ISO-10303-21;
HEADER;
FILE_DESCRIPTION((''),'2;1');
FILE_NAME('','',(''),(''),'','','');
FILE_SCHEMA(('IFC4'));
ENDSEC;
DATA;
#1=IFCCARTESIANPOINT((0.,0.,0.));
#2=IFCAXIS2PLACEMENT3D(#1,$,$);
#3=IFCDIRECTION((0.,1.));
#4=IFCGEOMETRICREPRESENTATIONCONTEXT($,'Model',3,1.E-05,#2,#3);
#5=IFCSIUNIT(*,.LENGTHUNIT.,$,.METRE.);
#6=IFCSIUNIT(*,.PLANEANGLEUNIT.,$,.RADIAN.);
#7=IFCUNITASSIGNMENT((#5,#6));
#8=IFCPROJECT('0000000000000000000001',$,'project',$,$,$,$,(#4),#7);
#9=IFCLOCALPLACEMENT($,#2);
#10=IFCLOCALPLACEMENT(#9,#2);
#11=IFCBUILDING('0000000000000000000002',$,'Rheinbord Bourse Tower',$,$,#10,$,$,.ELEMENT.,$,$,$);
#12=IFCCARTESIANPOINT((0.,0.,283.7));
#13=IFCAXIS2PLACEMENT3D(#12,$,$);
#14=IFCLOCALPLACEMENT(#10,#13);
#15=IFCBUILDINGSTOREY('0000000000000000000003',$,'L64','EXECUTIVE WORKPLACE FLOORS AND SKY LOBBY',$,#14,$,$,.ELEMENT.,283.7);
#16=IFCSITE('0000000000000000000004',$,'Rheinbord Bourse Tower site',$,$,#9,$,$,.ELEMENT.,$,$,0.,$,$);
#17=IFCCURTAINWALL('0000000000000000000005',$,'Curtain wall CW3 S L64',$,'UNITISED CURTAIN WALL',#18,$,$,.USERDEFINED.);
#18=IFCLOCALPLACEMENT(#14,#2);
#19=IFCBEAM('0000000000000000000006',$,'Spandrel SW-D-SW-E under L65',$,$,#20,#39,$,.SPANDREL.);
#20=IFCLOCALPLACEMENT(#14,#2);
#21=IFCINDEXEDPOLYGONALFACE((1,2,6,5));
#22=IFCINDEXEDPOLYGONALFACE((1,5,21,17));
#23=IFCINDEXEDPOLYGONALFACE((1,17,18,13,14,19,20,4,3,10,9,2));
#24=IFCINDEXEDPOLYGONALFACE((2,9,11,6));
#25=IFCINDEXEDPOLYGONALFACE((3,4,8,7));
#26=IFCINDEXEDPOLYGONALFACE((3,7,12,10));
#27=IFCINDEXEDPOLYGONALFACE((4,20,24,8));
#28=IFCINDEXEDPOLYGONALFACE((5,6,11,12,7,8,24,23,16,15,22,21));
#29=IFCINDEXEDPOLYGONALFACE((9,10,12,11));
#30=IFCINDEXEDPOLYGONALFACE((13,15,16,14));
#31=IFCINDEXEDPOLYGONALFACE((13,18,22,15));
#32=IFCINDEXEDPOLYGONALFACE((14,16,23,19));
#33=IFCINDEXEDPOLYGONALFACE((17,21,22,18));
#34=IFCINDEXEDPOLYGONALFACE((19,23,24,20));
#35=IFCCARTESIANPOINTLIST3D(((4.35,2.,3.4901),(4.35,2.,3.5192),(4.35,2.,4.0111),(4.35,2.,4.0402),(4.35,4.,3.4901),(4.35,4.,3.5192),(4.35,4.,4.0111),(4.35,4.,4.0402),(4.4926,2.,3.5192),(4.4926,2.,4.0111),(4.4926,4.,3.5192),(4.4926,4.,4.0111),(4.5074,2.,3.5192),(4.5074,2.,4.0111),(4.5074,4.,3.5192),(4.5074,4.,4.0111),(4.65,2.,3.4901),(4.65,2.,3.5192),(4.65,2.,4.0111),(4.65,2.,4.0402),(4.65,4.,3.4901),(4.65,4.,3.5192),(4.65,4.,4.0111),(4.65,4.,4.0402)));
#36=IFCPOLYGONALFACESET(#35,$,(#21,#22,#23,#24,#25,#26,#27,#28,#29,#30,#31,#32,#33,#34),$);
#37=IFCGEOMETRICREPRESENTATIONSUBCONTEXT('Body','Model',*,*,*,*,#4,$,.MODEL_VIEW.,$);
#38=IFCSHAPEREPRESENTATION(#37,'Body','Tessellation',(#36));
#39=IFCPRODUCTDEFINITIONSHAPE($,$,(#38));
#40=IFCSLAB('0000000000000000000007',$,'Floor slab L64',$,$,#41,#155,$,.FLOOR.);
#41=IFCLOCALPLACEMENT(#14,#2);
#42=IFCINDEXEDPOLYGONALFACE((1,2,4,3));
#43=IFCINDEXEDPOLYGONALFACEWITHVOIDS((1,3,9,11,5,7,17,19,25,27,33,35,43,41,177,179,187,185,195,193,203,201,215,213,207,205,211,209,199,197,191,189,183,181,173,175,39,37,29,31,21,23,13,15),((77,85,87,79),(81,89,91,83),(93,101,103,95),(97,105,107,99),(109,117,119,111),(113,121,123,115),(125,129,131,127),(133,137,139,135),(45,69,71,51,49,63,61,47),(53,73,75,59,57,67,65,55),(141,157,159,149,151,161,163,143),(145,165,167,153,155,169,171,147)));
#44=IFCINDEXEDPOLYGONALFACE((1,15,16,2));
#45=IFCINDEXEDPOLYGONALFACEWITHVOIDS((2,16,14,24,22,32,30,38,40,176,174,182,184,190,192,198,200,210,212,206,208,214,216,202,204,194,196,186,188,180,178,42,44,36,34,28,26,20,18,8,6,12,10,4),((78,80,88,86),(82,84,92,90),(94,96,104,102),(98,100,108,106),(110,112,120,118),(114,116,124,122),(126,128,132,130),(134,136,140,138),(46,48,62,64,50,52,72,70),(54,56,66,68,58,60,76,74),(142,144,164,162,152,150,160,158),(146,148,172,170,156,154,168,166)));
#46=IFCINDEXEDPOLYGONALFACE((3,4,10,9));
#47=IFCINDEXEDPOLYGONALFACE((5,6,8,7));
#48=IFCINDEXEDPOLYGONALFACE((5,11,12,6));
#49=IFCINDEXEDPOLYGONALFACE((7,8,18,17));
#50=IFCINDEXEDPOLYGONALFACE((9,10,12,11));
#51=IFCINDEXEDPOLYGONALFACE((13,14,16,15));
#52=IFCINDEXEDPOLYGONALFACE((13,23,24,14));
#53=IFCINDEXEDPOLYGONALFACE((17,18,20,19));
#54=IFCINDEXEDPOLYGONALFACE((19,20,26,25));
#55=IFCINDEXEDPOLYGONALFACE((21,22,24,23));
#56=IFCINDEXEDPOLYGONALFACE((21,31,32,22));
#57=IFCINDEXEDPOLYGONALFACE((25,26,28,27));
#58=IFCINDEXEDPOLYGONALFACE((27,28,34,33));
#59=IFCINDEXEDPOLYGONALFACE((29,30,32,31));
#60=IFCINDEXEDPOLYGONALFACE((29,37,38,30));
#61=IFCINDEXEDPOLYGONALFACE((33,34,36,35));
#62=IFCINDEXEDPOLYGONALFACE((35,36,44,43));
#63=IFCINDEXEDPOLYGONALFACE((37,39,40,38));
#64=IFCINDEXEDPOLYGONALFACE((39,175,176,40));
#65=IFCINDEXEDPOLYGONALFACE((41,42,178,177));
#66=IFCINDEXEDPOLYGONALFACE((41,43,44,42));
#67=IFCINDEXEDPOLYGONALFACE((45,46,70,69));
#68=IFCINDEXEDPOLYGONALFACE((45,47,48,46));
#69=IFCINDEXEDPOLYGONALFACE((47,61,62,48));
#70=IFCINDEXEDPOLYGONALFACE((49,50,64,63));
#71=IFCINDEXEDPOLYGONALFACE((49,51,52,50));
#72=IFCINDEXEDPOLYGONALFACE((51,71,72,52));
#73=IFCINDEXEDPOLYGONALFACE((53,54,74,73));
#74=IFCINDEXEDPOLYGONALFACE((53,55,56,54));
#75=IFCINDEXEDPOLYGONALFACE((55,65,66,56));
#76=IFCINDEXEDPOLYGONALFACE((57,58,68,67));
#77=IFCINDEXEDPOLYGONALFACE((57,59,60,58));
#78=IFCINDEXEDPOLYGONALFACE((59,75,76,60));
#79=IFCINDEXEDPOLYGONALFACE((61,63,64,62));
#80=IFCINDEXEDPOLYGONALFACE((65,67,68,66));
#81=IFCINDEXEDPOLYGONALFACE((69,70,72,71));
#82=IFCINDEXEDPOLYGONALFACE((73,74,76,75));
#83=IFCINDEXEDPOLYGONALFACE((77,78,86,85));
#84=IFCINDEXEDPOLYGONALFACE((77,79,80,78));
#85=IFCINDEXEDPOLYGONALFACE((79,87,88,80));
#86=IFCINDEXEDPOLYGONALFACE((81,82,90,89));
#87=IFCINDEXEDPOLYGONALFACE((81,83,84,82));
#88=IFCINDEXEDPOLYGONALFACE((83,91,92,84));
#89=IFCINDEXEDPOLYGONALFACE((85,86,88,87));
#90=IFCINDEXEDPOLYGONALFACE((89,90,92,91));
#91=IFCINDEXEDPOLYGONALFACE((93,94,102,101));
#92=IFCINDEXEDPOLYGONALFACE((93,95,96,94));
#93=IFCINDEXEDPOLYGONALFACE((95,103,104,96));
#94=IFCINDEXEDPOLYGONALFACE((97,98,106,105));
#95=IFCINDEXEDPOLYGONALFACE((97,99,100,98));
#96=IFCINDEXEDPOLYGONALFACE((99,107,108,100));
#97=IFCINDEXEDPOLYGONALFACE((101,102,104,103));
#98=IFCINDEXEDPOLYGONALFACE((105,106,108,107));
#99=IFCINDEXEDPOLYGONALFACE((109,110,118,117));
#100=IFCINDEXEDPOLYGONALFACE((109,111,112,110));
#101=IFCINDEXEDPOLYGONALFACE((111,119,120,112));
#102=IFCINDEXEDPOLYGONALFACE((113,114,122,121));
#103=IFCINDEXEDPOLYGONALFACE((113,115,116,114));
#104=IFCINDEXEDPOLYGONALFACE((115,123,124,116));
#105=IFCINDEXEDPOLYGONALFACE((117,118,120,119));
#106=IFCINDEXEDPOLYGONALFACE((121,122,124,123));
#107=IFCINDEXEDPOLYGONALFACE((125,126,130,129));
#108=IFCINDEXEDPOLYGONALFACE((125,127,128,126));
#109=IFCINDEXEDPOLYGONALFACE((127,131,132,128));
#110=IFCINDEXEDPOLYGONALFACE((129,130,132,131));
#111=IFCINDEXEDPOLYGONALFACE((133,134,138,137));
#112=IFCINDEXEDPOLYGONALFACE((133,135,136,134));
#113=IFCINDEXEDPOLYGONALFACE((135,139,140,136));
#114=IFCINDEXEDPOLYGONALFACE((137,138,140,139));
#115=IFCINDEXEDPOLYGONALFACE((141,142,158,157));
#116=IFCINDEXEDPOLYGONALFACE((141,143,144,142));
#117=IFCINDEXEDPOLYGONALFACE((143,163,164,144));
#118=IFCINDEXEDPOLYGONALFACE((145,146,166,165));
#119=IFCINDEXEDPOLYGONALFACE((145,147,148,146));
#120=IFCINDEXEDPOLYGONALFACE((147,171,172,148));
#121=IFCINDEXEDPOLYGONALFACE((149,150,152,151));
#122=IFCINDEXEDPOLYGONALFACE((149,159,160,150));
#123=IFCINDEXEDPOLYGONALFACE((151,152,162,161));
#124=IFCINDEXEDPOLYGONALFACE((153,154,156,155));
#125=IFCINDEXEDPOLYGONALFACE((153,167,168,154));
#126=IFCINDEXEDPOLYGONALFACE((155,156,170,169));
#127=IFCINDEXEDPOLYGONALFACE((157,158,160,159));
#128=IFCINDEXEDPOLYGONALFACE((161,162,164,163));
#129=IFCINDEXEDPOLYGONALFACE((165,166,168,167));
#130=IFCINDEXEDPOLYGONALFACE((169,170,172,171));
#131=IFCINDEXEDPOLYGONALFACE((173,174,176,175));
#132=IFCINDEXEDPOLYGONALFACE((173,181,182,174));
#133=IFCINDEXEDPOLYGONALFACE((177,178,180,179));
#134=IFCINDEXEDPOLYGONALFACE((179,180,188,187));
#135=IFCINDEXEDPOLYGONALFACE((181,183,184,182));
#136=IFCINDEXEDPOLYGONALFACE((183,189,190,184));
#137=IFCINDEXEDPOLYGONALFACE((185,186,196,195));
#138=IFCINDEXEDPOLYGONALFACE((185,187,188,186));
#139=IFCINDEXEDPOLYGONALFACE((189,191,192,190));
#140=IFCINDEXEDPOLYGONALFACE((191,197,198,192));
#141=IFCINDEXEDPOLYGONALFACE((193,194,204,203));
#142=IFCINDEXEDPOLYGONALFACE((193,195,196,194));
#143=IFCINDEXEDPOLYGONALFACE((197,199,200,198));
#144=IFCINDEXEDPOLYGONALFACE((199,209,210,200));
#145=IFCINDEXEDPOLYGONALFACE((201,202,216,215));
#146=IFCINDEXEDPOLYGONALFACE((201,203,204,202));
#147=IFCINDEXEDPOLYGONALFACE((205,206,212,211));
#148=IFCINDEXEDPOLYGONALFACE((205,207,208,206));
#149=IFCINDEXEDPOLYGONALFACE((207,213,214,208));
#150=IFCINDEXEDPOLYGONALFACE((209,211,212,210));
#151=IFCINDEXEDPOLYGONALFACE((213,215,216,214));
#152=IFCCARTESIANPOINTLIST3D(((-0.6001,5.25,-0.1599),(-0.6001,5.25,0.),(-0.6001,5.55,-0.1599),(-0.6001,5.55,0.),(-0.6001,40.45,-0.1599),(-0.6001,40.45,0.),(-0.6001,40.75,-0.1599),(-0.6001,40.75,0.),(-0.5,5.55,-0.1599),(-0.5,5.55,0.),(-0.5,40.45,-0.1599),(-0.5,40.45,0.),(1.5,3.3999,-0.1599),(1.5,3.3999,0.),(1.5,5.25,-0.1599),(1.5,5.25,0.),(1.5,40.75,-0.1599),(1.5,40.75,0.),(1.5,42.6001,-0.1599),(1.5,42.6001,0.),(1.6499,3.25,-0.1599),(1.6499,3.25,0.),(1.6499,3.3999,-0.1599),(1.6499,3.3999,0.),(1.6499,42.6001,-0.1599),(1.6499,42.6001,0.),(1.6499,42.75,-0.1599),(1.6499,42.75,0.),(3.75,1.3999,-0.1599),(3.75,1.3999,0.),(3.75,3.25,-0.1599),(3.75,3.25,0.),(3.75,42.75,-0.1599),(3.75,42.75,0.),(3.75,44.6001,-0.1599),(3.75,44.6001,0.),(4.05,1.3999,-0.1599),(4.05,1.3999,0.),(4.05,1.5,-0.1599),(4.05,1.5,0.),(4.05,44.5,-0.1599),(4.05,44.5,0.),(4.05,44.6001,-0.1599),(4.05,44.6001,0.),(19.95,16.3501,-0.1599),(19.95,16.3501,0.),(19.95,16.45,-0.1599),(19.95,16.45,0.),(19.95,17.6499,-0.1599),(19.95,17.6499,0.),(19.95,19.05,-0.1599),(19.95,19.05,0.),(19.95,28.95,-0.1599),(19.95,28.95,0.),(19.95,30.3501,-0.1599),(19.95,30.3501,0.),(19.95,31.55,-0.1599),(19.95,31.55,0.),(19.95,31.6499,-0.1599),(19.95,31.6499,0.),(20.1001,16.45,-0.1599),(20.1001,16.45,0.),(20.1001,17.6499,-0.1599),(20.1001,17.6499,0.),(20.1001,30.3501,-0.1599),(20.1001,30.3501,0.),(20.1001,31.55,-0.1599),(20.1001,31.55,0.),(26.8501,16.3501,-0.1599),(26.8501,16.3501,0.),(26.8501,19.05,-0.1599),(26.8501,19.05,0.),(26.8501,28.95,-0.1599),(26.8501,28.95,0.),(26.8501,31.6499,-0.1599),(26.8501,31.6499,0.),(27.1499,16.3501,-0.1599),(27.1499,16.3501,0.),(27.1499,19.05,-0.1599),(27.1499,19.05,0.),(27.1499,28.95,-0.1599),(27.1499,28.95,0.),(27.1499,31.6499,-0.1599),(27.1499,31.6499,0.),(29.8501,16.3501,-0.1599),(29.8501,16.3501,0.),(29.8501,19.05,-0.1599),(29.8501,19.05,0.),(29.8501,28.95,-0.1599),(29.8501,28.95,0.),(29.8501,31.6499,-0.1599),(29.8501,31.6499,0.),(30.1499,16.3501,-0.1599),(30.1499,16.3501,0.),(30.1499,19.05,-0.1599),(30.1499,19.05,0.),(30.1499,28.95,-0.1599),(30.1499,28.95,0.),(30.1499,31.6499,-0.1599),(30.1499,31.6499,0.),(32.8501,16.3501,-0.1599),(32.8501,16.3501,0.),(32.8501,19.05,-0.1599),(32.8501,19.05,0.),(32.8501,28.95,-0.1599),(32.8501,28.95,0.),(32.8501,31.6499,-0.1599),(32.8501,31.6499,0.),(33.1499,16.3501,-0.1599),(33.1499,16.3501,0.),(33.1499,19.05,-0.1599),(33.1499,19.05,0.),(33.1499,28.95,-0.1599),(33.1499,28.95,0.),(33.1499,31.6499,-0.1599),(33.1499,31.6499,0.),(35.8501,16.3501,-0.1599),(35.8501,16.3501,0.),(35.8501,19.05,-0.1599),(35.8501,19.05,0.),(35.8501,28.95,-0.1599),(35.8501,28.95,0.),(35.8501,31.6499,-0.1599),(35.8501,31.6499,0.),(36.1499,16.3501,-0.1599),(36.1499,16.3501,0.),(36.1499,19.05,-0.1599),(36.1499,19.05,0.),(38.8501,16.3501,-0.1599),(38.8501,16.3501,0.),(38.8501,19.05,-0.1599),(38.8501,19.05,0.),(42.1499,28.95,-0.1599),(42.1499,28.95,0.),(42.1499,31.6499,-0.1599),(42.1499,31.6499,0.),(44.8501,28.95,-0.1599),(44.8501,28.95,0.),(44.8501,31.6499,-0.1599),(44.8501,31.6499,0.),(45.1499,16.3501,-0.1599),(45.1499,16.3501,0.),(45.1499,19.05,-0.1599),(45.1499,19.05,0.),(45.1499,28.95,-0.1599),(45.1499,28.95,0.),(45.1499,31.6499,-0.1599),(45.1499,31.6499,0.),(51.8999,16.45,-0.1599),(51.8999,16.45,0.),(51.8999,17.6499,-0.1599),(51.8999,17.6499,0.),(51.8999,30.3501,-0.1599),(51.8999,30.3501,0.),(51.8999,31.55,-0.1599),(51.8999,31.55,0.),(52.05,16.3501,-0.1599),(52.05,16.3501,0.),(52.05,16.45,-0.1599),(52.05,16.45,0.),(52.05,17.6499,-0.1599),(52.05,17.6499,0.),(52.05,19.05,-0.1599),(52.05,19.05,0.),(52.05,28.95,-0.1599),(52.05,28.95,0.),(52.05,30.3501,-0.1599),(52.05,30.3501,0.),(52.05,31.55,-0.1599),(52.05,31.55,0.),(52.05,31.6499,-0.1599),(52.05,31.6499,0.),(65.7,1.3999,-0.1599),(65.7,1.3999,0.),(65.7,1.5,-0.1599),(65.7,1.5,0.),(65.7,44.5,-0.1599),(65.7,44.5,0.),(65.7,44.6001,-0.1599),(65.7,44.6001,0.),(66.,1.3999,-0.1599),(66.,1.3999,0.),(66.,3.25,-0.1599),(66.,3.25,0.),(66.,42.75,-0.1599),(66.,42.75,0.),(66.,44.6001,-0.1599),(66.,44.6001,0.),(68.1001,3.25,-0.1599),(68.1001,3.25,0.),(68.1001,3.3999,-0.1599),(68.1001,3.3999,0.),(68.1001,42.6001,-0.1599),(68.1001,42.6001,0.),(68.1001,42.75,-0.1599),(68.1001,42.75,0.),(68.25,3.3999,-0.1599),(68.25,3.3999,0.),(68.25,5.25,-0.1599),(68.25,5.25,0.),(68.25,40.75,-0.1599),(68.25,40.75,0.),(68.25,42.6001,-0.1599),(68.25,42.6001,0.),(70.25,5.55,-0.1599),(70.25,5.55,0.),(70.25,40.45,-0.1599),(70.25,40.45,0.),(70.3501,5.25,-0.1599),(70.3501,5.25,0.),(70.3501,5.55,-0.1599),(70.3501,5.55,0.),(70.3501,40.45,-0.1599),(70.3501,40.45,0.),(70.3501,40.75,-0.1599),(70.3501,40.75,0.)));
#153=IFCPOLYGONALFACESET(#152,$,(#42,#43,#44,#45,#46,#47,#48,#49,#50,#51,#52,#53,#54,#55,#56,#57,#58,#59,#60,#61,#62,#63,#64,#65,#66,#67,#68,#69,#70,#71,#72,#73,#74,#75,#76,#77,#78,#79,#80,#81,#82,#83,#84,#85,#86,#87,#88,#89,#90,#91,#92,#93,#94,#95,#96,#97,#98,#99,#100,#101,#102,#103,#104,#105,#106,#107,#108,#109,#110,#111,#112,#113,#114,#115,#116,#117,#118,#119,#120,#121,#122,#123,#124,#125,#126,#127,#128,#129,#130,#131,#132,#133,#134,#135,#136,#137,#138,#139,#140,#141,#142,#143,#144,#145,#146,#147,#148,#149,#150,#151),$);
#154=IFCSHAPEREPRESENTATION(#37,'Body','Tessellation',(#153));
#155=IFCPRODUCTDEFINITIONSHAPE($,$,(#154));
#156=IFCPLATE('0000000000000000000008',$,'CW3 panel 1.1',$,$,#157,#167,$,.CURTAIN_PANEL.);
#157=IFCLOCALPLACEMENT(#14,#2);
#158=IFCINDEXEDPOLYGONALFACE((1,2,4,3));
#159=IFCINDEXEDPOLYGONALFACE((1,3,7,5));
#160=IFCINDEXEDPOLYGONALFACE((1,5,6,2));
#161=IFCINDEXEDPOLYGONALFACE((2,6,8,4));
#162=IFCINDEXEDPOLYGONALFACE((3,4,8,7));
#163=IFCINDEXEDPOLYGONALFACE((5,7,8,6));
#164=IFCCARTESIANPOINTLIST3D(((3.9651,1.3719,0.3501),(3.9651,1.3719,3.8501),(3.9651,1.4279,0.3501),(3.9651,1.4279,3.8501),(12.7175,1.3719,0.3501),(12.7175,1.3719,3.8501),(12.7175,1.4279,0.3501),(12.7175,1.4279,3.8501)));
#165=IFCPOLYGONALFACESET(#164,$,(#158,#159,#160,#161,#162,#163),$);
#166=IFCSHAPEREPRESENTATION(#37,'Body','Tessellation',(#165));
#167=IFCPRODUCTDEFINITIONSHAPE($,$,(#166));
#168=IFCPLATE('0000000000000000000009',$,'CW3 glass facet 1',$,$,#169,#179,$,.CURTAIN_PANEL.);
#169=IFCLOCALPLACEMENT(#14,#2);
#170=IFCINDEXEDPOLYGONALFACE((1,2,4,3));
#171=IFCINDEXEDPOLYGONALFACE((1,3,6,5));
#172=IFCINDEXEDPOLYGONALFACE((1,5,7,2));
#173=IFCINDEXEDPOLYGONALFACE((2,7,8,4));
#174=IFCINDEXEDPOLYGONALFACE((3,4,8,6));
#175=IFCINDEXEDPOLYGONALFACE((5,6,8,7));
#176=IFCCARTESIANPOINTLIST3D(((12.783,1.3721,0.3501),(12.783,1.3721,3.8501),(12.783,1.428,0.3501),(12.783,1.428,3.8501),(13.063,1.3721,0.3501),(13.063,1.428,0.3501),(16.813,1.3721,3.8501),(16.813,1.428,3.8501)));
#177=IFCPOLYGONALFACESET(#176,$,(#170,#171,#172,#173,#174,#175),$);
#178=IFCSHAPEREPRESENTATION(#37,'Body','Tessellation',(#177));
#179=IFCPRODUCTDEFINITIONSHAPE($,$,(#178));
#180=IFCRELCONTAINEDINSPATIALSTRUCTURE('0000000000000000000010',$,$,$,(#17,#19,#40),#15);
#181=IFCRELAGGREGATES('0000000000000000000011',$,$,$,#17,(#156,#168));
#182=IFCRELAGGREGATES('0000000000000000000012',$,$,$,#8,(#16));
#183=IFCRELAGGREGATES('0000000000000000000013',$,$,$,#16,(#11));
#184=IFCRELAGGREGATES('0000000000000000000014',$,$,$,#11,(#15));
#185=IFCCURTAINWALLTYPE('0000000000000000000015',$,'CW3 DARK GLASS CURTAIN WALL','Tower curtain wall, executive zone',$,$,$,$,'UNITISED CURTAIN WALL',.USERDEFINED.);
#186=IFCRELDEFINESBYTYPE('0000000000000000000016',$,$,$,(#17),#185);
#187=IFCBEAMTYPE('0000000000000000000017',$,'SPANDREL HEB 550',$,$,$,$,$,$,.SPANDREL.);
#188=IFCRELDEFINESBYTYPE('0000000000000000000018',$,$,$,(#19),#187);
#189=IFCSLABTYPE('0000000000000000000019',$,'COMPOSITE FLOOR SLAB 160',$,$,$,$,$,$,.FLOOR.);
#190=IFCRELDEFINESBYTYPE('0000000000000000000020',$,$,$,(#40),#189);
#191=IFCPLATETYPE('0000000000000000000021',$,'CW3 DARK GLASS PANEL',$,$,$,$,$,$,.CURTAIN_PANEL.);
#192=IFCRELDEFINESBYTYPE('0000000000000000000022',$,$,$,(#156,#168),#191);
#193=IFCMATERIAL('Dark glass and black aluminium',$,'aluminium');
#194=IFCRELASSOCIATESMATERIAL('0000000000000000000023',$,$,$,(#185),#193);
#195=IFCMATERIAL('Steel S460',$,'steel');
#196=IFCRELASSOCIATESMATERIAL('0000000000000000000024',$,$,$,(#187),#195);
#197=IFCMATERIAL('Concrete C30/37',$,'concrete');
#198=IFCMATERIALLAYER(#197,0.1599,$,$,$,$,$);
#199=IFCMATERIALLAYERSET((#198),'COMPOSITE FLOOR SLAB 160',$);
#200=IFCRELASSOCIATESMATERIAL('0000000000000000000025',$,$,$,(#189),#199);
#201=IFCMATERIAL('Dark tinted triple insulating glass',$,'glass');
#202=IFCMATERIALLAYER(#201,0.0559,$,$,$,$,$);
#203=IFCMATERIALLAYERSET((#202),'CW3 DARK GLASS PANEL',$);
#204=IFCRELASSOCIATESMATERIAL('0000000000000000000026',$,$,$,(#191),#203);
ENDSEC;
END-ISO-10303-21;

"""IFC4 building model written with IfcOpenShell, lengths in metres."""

from ifc_helpers import new_model, si_unit, direction, frame, origin, origin_2d, place, context, subcontext, project, spatial, polyline, rectangle, i_section, outline, extrude, material, layer, layer_set, material_profile, profile_set, type_object, element, aggregate, save


model = new_model("IFC4")

# Units and contexts
model_context = context("Model", 3, precision=1e-05, world=origin(), true_north=direction((0.0, 1.0)))
body_context = subcontext(model_context, "Body", "Model", "MODEL_VIEW")
ifc_project = project(units=[si_unit("LENGTHUNIT", "METRE"), si_unit("PLANEANGLEUNIT", "RADIAN")], contexts=[model_context])

# Site, building, storey
site_placement = place(None, origin())
site = spatial("IfcSite", under=ifc_project, at=site_placement, Name="Rheinbord Bourse Tower site", CompositionType="ELEMENT", RefElevation=0.0)
building_placement = place(site_placement, origin())
building = spatial("IfcBuilding", under=site, at=building_placement, Name="Rheinbord Bourse Tower", CompositionType="ELEMENT")
storey_placement = place(building_placement, frame((0.0, 0.0, 283.7)))
storey = spatial("IfcBuildingStorey", under=building, at=storey_placement, Name="L64", Description="EXECUTIVE WORKPLACE FLOORS AND SKY LOBBY", CompositionType="ELEMENT", Elevation=283.7)

# Curtain wall
ifc_material_1 = material(Name="Dark glass and black aluminium", Category="aluminium")
curtain_wall_type = type_object("IfcCurtainWallType", Name="CW3 DARK GLASS CURTAIN WALL", Description="Tower curtain wall, executive zone", ElementType="UNITISED CURTAIN WALL", PredefinedType="USERDEFINED", material=ifc_material_1)
curtain_wall_placement = place(storey_placement, origin())
curtain_wall = element("IfcCurtainWall", 1, at=curtain_wall_placement, inside=storey, type_object=curtain_wall_type, Name="Curtain wall CW3 S L64", ObjectType="UNITISED CURTAIN WALL", PredefinedType="USERDEFINED")

# Beam
ifc_material_2 = material(Name="Steel S460", Category="steel")
ifc_material_profile_1 = material_profile(ifc_material_2, i_section(OverallWidth=0.3, OverallDepth=0.55, WebThickness=0.0149, FlangeThickness=0.0291, at=origin_2d()), Name="HEB 550")
ifc_profile_set_1 = profile_set([ifc_material_profile_1], Name="Steel S460")
beam_type_1 = type_object("IfcBeamType", Name="SPANDREL HEB 550", PredefinedType="SPANDREL", material=ifc_profile_set_1)
beam_1_placement = place(storey_placement, frame((4.5, 4.0, 3.7651), z_axis=(0.0, -1.0, 0.0), x_axis=(1.0, 0.0, 0.0)))
element("IfcBeam", 2, at=beam_1_placement, inside=storey, type_object=beam_type_1, Name="Spandrel SW-D-SW-E under L65", PredefinedType="SPANDREL", context=body_context, shape_type="SweptSolid", body=[
    extrude(i_section(OverallWidth=0.3, OverallDepth=0.55, WebThickness=0.0149, FlangeThickness=0.0291, at=origin_2d()), origin(), (0.0, 0.0, 1.0), 2.0),
])

# Slab
ifc_material_3 = material(Name="Concrete C30/37", Category="concrete")
ifc_layer_1 = layer(ifc_material_3, 0.1599)
ifc_layer_set_1 = layer_set([ifc_layer_1], Name="COMPOSITE FLOOR SLAB 160")
slab_type_1 = type_object("IfcSlabType", Name="COMPOSITE FLOOR SLAB 160", PredefinedType="FLOOR", material=ifc_layer_set_1)
slab_1_placement = place(storey_placement, frame((0.0, 0.0, -0.1599)))
element("IfcSlab", 3, at=slab_1_placement, inside=storey, type_object=slab_type_1, Name="Floor slab L64", PredefinedType="FLOOR", context=body_context, shape_type="SweptSolid", body=[
    extrude(outline(polyline([(1.6499, 3.3999), (1.5, 3.3999), (1.5, 5.25), (-0.6001, 5.25), (-0.6001, 5.55), (-0.5, 5.55), (-0.5, 40.45), (-0.6001, 40.45), (-0.6001, 40.75), (1.5, 40.75), (1.5, 42.6001), (1.6499, 42.6001), (1.6499, 42.75), (3.75, 42.75), (3.75, 44.6001), (4.05, 44.6001), (4.05, 44.5), (65.7, 44.5), (65.7, 44.6001), (66.0, 44.6001), (66.0, 42.75), (68.1001, 42.75), (68.1001, 42.6001), (68.25, 42.6001), (68.25, 40.75), (70.3501, 40.75), (70.3501, 40.45), (70.25, 40.45), (70.25, 5.55), (70.3501, 5.55), (70.3501, 5.25), (68.25, 5.25), (68.25, 3.3999), (68.1001, 3.3999), (68.1001, 3.25), (66.0, 3.25), (66.0, 1.3999), (65.7, 1.3999), (65.7, 1.5), (4.05, 1.5), (4.05, 1.3999), (3.75, 1.3999), (3.75, 3.25), (1.6499, 3.25), (1.6499, 3.3999)]), holes=[polyline([(19.95, 19.05), (26.8501, 19.05), (26.8501, 16.3501), (19.95, 16.3501), (19.95, 16.45), (20.1001, 16.45), (20.1001, 17.6499), (19.95, 17.6499), (19.95, 19.05)]), polyline([(19.95, 31.6499), (26.8501, 31.6499), (26.8501, 28.95), (19.95, 28.95), (19.95, 30.3501), (20.1001, 30.3501), (20.1001, 31.55), (19.95, 31.55), (19.95, 31.6499)]), polyline([(52.05, 16.3501), (45.1499, 16.3501), (45.1499, 19.05), (52.05, 19.05), (52.05, 17.6499), (51.8999, 17.6499), (51.8999, 16.45), (52.05, 16.45), (52.05, 16.3501)]), polyline([(52.05, 28.95), (45.1499, 28.95), (45.1499, 31.6499), (52.05, 31.6499), (52.05, 31.55), (51.8999, 31.55), (51.8999, 30.3501), (52.05, 30.3501), (52.05, 28.95)]), polyline([(27.1499, 16.3501), (27.1499, 19.05), (29.8501, 19.05), (29.8501, 16.3501), (27.1499, 16.3501)]), polyline([(27.1499, 28.95), (27.1499, 31.6499), (29.8501, 31.6499), (29.8501, 28.95), (27.1499, 28.95)]), polyline([(30.1499, 16.3501), (30.1499, 19.05), (32.8501, 19.05), (32.8501, 16.3501), (30.1499, 16.3501)]), polyline([(30.1499, 28.95), (30.1499, 31.6499), (32.8501, 31.6499), (32.8501, 28.95), (30.1499, 28.95)]), polyline([(33.1499, 16.3501), (33.1499, 19.05), (35.8501, 19.05), (35.8501, 16.3501), (33.1499, 16.3501)]), polyline([(33.1499, 28.95), (33.1499, 31.6499), (35.8501, 31.6499), (35.8501, 28.95), (33.1499, 28.95)]), polyline([(36.1499, 16.3501), (36.1499, 19.05), (38.8501, 19.05), (38.8501, 16.3501), (36.1499, 16.3501)]), polyline([(42.1499, 28.95), (42.1499, 31.6499), (44.8501, 31.6499), (44.8501, 28.95), (42.1499, 28.95)])]), origin(), (0.0, 0.0, 1.0), 0.1599),
])

# Plates
ifc_material_4 = material(Name="Dark tinted triple insulating glass", Category="glass")
ifc_layer_2 = layer(ifc_material_4, 0.0559)
ifc_layer_set_2 = layer_set([ifc_layer_2], Name="CW3 DARK GLASS PANEL")
plate_type = type_object("IfcPlateType", Name="CW3 DARK GLASS PANEL", PredefinedType="CURTAIN_PANEL", material=ifc_layer_set_2)
plate_1_placement = place(storey_placement, frame((8.3413, 1.3999, 0.3501), z_axis=(0.0, 0.0, 1.0), x_axis=(1.0, 0.0, 0.0)))
plate_1 = element("IfcPlate", 4, at=plate_1_placement, type_object=plate_type, Name="CW3 panel 1.1", PredefinedType="CURTAIN_PANEL", context=body_context, shape_type="SweptSolid", body=[
    extrude(rectangle(XDim=8.7524, YDim=0.0559, at=origin_2d()), origin(), (0.0, 0.0, 1.0), 3.5),
])
plate_2_placement = place(storey_placement, frame((12.783, 1.3721, 0.3501), z_axis=(0.0, 1.0, 0.0), x_axis=(0.0, 0.0, 1.0)))
plate_2 = element("IfcPlate", 5, at=plate_2_placement, type_object=plate_type, Name="CW3 glass facet 1", PredefinedType="CURTAIN_PANEL", context=body_context, shape_type="SweptSolid", body=[
    extrude(outline(polyline([(0.0, 0.0), (3.5, 0.0), (3.5, 4.03), (0.0, 0.28), (0.0, 0.0)])), origin(), (0.0, 0.0, 1.0), 0.0559),
])
aggregate(curtain_wall, [plate_1, plate_2])

save(model, "model.ifc")
